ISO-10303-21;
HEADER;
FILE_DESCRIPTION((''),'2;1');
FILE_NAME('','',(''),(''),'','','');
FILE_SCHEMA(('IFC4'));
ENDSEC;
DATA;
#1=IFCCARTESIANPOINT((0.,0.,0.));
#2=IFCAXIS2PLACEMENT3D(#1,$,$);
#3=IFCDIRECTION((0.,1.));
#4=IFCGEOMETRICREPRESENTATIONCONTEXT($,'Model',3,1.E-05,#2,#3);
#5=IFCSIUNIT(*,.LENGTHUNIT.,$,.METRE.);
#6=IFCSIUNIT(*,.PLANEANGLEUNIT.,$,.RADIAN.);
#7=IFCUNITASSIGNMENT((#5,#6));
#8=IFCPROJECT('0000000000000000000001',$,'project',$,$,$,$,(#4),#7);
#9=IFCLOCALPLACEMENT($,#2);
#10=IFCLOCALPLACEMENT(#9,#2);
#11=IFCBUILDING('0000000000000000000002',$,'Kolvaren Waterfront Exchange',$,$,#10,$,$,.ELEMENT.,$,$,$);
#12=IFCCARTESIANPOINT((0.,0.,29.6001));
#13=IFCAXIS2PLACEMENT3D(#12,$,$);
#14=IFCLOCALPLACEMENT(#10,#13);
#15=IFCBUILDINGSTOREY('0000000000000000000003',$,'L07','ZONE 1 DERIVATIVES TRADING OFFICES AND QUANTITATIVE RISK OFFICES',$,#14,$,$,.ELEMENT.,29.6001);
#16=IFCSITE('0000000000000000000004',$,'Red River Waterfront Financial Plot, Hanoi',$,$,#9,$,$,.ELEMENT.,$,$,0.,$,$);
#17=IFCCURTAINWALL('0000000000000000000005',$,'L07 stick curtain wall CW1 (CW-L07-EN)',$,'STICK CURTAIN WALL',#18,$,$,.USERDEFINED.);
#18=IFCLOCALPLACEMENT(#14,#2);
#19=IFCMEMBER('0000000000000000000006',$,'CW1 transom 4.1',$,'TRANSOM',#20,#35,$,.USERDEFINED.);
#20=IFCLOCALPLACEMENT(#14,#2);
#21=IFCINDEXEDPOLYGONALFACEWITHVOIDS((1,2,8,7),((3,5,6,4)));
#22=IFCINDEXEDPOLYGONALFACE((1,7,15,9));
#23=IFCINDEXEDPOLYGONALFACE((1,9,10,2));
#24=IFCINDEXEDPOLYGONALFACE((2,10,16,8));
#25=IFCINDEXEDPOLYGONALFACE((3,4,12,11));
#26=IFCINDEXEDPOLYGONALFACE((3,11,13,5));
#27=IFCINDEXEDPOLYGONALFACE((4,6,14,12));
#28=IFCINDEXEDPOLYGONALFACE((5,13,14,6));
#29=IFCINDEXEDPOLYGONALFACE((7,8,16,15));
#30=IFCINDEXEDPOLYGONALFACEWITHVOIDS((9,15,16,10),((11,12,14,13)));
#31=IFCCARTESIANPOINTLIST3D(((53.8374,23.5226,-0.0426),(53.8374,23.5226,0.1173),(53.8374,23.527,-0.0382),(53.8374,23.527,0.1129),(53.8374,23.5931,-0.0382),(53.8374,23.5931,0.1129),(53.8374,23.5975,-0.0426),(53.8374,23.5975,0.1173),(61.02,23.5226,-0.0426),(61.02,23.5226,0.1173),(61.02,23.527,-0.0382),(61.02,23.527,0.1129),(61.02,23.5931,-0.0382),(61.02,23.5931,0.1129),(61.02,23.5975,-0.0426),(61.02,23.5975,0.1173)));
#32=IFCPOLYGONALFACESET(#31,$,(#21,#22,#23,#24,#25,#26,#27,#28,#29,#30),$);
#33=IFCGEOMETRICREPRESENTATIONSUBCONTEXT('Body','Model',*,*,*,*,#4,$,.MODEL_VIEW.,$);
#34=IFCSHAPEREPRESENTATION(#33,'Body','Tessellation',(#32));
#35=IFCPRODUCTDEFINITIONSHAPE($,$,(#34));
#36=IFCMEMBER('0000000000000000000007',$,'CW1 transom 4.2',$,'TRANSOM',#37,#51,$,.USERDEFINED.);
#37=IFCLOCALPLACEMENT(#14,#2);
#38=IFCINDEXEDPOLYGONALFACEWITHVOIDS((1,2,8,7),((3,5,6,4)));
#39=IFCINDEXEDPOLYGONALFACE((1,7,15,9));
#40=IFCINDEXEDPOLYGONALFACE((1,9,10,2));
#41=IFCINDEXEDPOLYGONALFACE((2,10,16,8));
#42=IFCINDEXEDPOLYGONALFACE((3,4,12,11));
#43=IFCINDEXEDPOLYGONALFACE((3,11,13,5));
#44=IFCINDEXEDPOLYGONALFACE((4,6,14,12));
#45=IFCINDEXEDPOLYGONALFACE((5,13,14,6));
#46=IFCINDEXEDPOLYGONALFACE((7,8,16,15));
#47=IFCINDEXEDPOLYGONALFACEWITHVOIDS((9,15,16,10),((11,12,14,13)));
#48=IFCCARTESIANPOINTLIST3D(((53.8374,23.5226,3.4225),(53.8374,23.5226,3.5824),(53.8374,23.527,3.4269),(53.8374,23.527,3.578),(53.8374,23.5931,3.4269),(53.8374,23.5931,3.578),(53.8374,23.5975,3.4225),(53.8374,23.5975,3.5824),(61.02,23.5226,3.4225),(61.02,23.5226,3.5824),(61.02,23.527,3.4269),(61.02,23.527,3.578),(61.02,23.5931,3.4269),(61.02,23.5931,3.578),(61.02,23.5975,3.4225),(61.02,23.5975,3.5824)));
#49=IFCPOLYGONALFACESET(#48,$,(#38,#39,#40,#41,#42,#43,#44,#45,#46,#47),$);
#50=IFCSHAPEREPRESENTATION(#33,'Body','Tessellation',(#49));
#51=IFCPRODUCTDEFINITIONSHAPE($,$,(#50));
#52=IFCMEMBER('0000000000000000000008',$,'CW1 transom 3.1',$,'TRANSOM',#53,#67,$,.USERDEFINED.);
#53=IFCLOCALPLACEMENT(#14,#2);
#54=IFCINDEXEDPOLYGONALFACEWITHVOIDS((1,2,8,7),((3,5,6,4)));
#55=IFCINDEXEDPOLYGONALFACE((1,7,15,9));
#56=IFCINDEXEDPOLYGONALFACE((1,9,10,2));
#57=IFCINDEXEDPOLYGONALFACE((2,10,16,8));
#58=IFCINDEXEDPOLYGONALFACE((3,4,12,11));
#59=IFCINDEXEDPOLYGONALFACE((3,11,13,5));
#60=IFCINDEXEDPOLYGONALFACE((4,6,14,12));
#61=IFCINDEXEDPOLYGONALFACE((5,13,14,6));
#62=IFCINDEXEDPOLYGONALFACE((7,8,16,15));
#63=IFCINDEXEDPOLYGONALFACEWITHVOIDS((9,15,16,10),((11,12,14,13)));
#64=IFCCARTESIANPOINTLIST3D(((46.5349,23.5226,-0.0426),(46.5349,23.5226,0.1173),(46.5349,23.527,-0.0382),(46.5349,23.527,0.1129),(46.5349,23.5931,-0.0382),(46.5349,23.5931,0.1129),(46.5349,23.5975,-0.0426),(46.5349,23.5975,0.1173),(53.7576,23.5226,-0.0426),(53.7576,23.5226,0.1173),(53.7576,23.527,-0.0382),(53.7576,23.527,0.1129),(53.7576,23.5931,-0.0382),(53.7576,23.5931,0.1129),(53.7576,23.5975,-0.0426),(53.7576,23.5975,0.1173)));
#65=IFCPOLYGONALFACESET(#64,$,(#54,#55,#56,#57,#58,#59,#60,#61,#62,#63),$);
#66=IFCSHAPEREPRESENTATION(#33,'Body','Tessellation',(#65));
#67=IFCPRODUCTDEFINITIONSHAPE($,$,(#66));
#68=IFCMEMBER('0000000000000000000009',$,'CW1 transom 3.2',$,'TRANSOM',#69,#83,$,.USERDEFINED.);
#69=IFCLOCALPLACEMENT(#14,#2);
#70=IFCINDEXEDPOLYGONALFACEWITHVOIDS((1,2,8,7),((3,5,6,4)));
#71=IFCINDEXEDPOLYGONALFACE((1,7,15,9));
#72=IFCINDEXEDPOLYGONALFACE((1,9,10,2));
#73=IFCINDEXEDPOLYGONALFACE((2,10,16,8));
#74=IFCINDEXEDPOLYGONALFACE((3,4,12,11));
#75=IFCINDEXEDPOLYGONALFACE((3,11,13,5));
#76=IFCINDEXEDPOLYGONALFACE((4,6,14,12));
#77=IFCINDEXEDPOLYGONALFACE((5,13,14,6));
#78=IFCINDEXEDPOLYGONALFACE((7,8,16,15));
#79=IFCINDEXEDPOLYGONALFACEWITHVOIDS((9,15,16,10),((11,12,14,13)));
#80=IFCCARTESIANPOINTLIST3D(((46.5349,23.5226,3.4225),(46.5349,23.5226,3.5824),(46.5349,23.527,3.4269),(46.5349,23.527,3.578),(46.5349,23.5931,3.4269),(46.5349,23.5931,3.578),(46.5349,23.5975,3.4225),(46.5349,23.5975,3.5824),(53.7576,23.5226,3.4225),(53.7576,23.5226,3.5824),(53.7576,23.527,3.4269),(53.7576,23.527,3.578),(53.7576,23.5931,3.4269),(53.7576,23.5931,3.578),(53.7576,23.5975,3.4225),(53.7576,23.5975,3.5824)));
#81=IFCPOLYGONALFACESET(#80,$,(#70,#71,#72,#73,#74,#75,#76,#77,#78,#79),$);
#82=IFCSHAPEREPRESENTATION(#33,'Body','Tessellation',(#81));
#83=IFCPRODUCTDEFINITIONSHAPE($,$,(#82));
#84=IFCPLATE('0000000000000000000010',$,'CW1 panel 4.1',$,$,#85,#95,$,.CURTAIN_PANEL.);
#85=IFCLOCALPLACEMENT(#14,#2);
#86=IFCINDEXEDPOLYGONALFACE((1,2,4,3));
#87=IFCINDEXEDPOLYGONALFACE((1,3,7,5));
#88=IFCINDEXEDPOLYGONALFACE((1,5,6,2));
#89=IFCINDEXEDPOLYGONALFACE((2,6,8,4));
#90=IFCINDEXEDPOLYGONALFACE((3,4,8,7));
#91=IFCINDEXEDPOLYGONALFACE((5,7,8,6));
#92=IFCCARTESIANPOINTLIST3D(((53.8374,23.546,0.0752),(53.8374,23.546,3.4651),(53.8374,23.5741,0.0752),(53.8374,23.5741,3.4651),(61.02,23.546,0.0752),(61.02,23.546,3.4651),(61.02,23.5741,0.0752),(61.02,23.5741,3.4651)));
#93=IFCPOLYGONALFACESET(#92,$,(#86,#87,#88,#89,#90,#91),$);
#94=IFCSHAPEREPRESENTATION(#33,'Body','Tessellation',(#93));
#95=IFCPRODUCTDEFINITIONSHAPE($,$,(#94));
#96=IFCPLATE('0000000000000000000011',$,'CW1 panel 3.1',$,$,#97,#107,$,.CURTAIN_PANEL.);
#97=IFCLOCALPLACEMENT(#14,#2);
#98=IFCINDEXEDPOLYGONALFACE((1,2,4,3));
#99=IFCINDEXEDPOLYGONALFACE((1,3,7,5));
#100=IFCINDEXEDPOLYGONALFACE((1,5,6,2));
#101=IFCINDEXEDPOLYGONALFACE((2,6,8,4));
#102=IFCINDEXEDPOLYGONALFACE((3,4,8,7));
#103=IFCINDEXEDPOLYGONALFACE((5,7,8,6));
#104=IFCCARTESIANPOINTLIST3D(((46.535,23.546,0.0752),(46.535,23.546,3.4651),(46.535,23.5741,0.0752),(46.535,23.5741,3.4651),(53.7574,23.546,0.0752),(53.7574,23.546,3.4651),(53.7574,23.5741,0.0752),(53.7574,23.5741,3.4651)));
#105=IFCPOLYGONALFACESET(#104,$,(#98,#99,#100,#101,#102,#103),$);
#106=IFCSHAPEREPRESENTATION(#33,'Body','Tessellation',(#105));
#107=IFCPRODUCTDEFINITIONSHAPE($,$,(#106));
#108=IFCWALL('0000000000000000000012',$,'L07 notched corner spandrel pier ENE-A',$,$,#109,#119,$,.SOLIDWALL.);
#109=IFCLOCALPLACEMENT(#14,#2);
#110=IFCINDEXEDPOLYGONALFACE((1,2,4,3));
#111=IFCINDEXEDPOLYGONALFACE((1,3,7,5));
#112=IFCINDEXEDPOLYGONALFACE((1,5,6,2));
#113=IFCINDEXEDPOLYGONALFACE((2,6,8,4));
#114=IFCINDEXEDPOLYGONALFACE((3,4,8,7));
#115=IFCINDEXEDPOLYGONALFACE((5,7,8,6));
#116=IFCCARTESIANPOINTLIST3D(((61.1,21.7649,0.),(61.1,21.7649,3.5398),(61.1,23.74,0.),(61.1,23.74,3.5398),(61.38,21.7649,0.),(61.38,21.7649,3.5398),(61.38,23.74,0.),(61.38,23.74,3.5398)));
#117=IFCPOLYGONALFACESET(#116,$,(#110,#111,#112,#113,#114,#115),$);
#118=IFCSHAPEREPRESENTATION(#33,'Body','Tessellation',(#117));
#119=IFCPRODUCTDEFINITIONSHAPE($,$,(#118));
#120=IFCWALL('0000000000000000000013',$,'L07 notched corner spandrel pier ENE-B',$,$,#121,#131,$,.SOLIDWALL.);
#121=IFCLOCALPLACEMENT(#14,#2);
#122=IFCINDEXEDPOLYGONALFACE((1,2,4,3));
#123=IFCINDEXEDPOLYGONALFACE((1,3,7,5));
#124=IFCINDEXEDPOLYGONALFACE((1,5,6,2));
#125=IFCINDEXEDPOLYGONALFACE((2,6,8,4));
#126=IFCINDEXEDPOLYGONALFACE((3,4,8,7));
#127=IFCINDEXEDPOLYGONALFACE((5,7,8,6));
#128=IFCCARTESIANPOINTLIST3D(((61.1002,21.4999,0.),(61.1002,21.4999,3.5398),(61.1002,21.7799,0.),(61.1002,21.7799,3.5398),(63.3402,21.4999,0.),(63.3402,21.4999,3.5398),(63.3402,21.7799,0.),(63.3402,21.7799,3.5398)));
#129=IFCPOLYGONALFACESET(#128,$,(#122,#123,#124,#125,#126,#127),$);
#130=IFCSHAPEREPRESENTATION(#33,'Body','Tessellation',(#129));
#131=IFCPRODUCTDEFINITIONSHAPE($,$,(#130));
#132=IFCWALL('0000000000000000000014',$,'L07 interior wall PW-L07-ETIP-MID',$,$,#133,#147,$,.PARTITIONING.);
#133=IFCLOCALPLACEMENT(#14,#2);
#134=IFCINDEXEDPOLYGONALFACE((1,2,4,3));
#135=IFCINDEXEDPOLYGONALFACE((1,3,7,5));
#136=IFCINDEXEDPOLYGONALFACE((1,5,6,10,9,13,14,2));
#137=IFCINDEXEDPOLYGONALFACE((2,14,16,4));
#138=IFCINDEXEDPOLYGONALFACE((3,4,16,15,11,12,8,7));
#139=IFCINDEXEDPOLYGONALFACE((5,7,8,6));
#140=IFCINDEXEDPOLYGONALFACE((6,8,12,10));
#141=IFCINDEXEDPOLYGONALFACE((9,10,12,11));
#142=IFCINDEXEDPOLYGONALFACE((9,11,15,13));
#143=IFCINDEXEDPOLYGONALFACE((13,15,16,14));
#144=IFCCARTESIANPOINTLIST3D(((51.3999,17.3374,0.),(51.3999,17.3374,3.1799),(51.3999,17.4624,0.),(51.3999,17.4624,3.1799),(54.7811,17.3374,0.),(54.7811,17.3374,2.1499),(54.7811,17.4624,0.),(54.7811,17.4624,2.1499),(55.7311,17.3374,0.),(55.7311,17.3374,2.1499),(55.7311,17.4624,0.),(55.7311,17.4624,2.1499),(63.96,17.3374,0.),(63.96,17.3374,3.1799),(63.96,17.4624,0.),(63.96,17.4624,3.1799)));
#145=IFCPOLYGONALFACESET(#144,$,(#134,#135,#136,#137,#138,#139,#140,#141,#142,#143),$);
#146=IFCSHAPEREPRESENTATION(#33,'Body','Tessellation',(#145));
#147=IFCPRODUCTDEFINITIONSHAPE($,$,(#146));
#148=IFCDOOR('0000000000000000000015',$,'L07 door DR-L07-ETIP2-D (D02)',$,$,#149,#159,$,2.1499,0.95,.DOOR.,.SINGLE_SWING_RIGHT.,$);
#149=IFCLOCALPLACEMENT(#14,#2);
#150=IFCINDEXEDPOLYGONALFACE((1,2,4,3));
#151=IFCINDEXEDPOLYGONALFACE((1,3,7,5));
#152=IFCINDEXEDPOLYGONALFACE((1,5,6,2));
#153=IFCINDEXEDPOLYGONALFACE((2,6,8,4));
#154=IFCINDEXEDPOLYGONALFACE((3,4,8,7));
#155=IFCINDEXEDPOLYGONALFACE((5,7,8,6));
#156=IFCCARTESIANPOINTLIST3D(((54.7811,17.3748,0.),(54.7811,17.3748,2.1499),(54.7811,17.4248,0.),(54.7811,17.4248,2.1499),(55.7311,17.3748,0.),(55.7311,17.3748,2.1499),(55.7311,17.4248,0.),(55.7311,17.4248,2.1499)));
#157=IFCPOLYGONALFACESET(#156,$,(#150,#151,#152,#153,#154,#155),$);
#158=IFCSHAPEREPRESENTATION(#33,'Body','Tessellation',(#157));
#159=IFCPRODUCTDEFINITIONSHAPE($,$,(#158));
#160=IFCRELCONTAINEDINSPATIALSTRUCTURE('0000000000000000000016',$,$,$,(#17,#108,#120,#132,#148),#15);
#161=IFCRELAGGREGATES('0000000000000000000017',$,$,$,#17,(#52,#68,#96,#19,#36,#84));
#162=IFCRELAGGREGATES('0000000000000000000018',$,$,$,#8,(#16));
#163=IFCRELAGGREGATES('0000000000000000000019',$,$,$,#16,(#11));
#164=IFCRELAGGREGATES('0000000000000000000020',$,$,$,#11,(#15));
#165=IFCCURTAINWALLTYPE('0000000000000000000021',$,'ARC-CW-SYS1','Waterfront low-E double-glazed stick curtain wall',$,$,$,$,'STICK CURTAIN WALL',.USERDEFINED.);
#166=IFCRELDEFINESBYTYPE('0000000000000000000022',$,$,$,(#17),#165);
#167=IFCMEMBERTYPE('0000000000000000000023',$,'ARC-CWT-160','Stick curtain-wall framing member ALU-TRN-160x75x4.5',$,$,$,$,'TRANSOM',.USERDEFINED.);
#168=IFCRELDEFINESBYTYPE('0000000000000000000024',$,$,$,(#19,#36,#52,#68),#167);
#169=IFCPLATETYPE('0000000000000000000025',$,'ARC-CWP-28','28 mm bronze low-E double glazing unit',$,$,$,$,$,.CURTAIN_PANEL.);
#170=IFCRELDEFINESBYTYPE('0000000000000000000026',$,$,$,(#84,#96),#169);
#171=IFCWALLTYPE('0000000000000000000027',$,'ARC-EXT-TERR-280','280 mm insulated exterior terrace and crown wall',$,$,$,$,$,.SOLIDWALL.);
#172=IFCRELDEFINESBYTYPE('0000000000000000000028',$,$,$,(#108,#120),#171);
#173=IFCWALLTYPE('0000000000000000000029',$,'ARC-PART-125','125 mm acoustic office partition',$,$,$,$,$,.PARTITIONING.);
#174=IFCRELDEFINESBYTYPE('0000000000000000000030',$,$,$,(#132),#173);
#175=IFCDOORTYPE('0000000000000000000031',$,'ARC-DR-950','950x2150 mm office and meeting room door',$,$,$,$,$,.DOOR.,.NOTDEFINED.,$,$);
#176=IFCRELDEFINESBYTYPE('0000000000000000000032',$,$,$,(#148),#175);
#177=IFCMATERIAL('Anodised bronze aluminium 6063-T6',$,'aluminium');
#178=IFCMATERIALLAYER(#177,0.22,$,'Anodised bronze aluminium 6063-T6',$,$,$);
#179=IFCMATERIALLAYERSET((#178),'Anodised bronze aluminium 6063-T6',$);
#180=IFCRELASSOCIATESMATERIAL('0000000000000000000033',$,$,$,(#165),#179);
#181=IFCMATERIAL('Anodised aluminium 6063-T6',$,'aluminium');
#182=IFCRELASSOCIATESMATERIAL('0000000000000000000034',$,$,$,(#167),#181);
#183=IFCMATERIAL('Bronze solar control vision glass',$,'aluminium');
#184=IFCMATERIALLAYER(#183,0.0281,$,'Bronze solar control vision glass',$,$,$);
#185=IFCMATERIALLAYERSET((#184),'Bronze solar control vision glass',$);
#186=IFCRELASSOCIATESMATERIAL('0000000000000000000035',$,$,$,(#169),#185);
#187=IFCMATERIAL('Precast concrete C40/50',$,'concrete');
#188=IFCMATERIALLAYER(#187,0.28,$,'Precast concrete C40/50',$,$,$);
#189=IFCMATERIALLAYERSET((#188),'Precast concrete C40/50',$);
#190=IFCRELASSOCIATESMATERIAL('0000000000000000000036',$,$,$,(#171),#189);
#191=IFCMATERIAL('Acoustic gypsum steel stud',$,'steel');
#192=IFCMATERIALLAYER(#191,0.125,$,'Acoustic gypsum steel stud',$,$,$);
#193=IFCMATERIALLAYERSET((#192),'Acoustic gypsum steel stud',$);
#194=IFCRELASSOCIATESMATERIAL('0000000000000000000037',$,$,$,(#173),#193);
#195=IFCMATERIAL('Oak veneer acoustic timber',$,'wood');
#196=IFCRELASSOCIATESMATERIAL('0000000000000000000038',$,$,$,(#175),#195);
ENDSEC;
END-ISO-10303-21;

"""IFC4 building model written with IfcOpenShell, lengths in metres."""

from ifc_helpers import new_model, si_unit, direction, frame, frame_2d, origin, origin_with_axes, origin_2d, place, context, subcontext, project, spatial, rectangle, hollow_rectangle, extrude, source, transform, mapped, material, layer, layer_set, material_profile, profile_set, type_object, element, fill, aggregate, save


model = new_model("IFC4")

# Units and contexts
model_context = context("Model", 3, precision=1e-05, world=origin(), true_north=direction((0.0, 1.0)))
body_context = subcontext(model_context, "Body", "Model", "MODEL_VIEW")
ifc_project = project(units=[si_unit("LENGTHUNIT", "METRE"), si_unit("PLANEANGLEUNIT", "RADIAN")], contexts=[model_context])

# Site, building, storey
site_placement = place(None, origin())
site = spatial("IfcSite", under=ifc_project, at=site_placement, Name="Red River Waterfront Financial Plot, Hanoi", CompositionType="ELEMENT", RefElevation=0.0)
building_placement = place(site_placement, origin())
building = spatial("IfcBuilding", under=site, at=building_placement, Name="Kolvaren Waterfront Exchange", CompositionType="ELEMENT")
storey_placement = place(building_placement, frame((0.0, 0.0, 29.6001)))
storey = spatial("IfcBuildingStorey", under=building, at=storey_placement, Name="L07", Description="ZONE 1 DERIVATIVES TRADING OFFICES AND QUANTITATIVE RISK OFFICES", CompositionType="ELEMENT", Elevation=29.6001)

# Curtain wall, members, plates
ifc_material_1 = material(Name="Anodised bronze aluminium 6063-T6", Category="aluminium")
ifc_layer_1 = layer(ifc_material_1, 0.22, Name="Anodised bronze aluminium 6063-T6")
ifc_layer_set_1 = layer_set([ifc_layer_1], Name="Anodised bronze aluminium 6063-T6")
curtain_wall_type = type_object("IfcCurtainWallType", Name="ARC-CW-SYS1", Description="Waterfront low-E double-glazed stick curtain wall", ElementType="STICK CURTAIN WALL", PredefinedType="USERDEFINED", material=ifc_layer_set_1)
curtain_wall_placement = place(storey_placement, origin())
curtain_wall = element("IfcCurtainWall", 1, at=curtain_wall_placement, inside=storey, type_object=curtain_wall_type, Name="L07 stick curtain wall CW1 (CW-L07-EN)", ObjectType="STICK CURTAIN WALL", PredefinedType="USERDEFINED")
ifc_material_2 = material(Name="Anodised aluminium 6063-T6", Category="aluminium")
ifc_material_profile_1 = material_profile(ifc_material_2, hollow_rectangle(XDim=0.075, YDim=0.1599, WallThickness=0.0044, at=origin_2d()), Name="ALU-TRN-160x75x4.5")
ifc_profile_set_1 = profile_set([ifc_material_profile_1], Name="Anodised aluminium 6063-T6")
member_type_1 = type_object("IfcMemberType", Name="ARC-CWT-160", Description="Stick curtain-wall framing member ALU-TRN-160x75x4.5", ElementType="TRANSOM", PredefinedType="USERDEFINED", material=ifc_profile_set_1)
shared_shape_1 = source(origin_with_axes(), body_context, "Body", "SweptSolid", [
    extrude(hollow_rectangle(XDim=0.075, YDim=0.1599, WallThickness=0.0044, at=origin_2d()), origin(), (0.0, 0.0, 1.0), 7.1826),
])
member_1_placement = place(storey_placement, frame((53.8374, 23.5601, 0.0374), z_axis=(1.0, 0.0, 0.0), x_axis=(0.0, 1.0, 0.0)))
member_1 = element("IfcMember", 2, at=member_1_placement, type_object=member_type_1, Name="CW1 transom 4.1", ObjectType="TRANSOM", PredefinedType="USERDEFINED", context=body_context, shape_type="MappedRepresentation", body=[
    mapped(shared_shape_1, transform((0.0, 0.0, 0.0), x_axis=(1.0, 0.0, 0.0), y_axis=(0.0, 1.0, 0.0), z_axis=(0.0, 0.0, 1.0), scale=1.0)),
])
member_2_placement = place(storey_placement, frame((53.8374, 23.5601, 3.5024), z_axis=(1.0, 0.0, 0.0), x_axis=(0.0, 1.0, 0.0)))
member_2 = element("IfcMember", 3, at=member_2_placement, type_object=member_type_1, Name="CW1 transom 4.2", ObjectType="TRANSOM", PredefinedType="USERDEFINED", context=body_context, shape_type="MappedRepresentation", body=[
    mapped(shared_shape_1, transform((0.0, 0.0, 0.0), x_axis=(1.0, 0.0, 0.0), y_axis=(0.0, 1.0, 0.0), z_axis=(0.0, 0.0, 1.0), scale=1.0)),
])
shared_shape_2 = source(origin_with_axes(), body_context, "Body", "SweptSolid", [
    extrude(hollow_rectangle(XDim=0.075, YDim=0.1599, WallThickness=0.0044, at=origin_2d()), origin(), (0.0, 0.0, 1.0), 7.2227),
])
member_3_placement = place(storey_placement, frame((46.5349, 23.5601, 0.0374), z_axis=(1.0, 0.0, 0.0), x_axis=(0.0, 1.0, 0.0)))
member_3 = element("IfcMember", 4, at=member_3_placement, type_object=member_type_1, Name="CW1 transom 3.1", ObjectType="TRANSOM", PredefinedType="USERDEFINED", context=body_context, shape_type="MappedRepresentation", body=[
    mapped(shared_shape_2, transform((0.0, 0.0, 0.0), x_axis=(1.0, 0.0, 0.0), y_axis=(0.0, 1.0, 0.0), z_axis=(0.0, 0.0, 1.0), scale=1.0)),
])
member_4_placement = place(storey_placement, frame((46.5349, 23.5601, 3.5024), z_axis=(1.0, 0.0, 0.0), x_axis=(0.0, 1.0, 0.0)))
member_4 = element("IfcMember", 5, at=member_4_placement, type_object=member_type_1, Name="CW1 transom 3.2", ObjectType="TRANSOM", PredefinedType="USERDEFINED", context=body_context, shape_type="MappedRepresentation", body=[
    mapped(shared_shape_2, transform((0.0, 0.0, 0.0), x_axis=(1.0, 0.0, 0.0), y_axis=(0.0, 1.0, 0.0), z_axis=(0.0, 0.0, 1.0), scale=1.0)),
])
ifc_material_3 = material(Name="Bronze solar control vision glass", Category="aluminium")
ifc_layer_2 = layer(ifc_material_3, 0.0281, Name="Bronze solar control vision glass")
ifc_layer_set_2 = layer_set([ifc_layer_2], Name="Bronze solar control vision glass")
plate_type = type_object("IfcPlateType", Name="ARC-CWP-28", Description="28 mm bronze low-E double glazing unit", PredefinedType="CURTAIN_PANEL", material=ifc_layer_set_2)
shared_shape_3 = source(origin_with_axes(), body_context, "Body", "SweptSolid", [
    extrude(rectangle(XDim=7.1826, YDim=0.0281, at=origin_2d()), origin(), (0.0, 0.0, 1.0), 3.3899),
])
plate_1_placement = place(storey_placement, frame((57.4287, 23.5601, 0.0752), z_axis=(0.0, 0.0, 1.0), x_axis=(1.0, 0.0, 0.0)))
plate_1 = element("IfcPlate", 6, at=plate_1_placement, type_object=plate_type, Name="CW1 panel 4.1", PredefinedType="CURTAIN_PANEL", context=body_context, shape_type="MappedRepresentation", body=[
    mapped(shared_shape_3, transform((0.0, 0.0, 0.0), x_axis=(1.0, 0.0, 0.0), y_axis=(0.0, 1.0, 0.0), z_axis=(0.0, 0.0, 1.0), scale=1.0)),
])
shared_shape_4 = source(origin_with_axes(), body_context, "Body", "SweptSolid", [
    extrude(rectangle(XDim=7.2224, YDim=0.0281, at=origin_2d()), origin(), (0.0, 0.0, 1.0), 3.3899),
])
plate_2_placement = place(storey_placement, frame((50.1462, 23.5601, 0.0752), z_axis=(0.0, 0.0, 1.0), x_axis=(1.0, 0.0, 0.0)))
plate_2 = element("IfcPlate", 7, at=plate_2_placement, type_object=plate_type, Name="CW1 panel 3.1", PredefinedType="CURTAIN_PANEL", context=body_context, shape_type="MappedRepresentation", body=[
    mapped(shared_shape_4, transform((0.0, 0.0, 0.0), x_axis=(1.0, 0.0, 0.0), y_axis=(0.0, 1.0, 0.0), z_axis=(0.0, 0.0, 1.0), scale=1.0)),
])
aggregate(curtain_wall, [member_3, member_4, plate_2, member_1, member_2, plate_1])

# Walls
ifc_material_4 = material(Name="Precast concrete C40/50", Category="concrete")
ifc_layer_3 = layer(ifc_material_4, 0.28, Name="Precast concrete C40/50")
ifc_layer_set_3 = layer_set([ifc_layer_3], Name="Precast concrete C40/50")
wall_type_1 = type_object("IfcWallType", Name="ARC-EXT-TERR-280", Description="280 mm insulated exterior terrace and crown wall", PredefinedType="SOLIDWALL", material=ifc_layer_set_3)
wall_1_placement = place(storey_placement, frame((61.24, 21.7649, 0.0), z_axis=(0.0, 0.0, 1.0), x_axis=(0.0, 1.0, 0.0)))
element("IfcWall", 8, at=wall_1_placement, inside=storey, type_object=wall_type_1, Name="L07 notched corner spandrel pier ENE-A", PredefinedType="SOLIDWALL", context=body_context, shape_type="SweptSolid", body=[
    extrude(rectangle(XDim=1.9751, YDim=0.28, at=frame_2d((0.9875, 0.0))), origin(), (0.0, 0.0, 1.0), 3.5398),
])
wall_2_placement = place(storey_placement, frame((61.1001, 21.6399, 0.0), z_axis=(0.0, 0.0, 1.0), x_axis=(1.0, 0.0, 0.0)))
element("IfcWall", 9, at=wall_2_placement, inside=storey, type_object=wall_type_1, Name="L07 notched corner spandrel pier ENE-B", PredefinedType="SOLIDWALL", context=body_context, shape_type="SweptSolid", body=[
    extrude(rectangle(XDim=2.24, YDim=0.28, at=frame_2d((1.1201, 0.0))), origin(), (0.0, 0.0, 1.0), 3.5398),
])

# Wall, opening, door
ifc_material_5 = material(Name="Acoustic gypsum steel stud", Category="steel")
ifc_layer_4 = layer(ifc_material_5, 0.125, Name="Acoustic gypsum steel stud")
ifc_layer_set_4 = layer_set([ifc_layer_4], Name="Acoustic gypsum steel stud")
wall_type_2 = type_object("IfcWallType", Name="ARC-PART-125", Description="125 mm acoustic office partition", PredefinedType="PARTITIONING", material=ifc_layer_set_4)
wall_3_placement = place(storey_placement, frame((51.3999, 17.3999, 0.0), z_axis=(0.0, 0.0, 1.0), x_axis=(1.0, 0.0, 0.0)))
wall_3 = element("IfcWall", 10, at=wall_3_placement, inside=storey, type_object=wall_type_2, Name="L07 interior wall PW-L07-ETIP-MID", PredefinedType="PARTITIONING", context=body_context, shape_type="SweptSolid", body=[
    extrude(rectangle(XDim=12.5601, YDim=0.125, at=frame_2d((6.28, 0.0))), origin(), (0.0, 0.0, 1.0), 3.1799),
])
opening_placement = place(wall_3_placement, frame((3.3811, 0.0, 0.0)))
opening = element("IfcOpeningElement", 11, at=opening_placement, cuts=wall_3, PredefinedType="OPENING", context=body_context, shape_type="SweptSolid", body=[
    extrude(rectangle(XDim=0.95, YDim=2.1499, at=frame_2d((0.4751, 1.075))), frame((0.0, 0.0725, 0.0), z_axis=(0.0, -1.0, 0.0), x_axis=(1.0, 0.0, 0.0)), (0.0, 0.0, 1.0), 0.145),
])
ifc_material_6 = material(Name="Oak veneer acoustic timber", Category="wood")
door_type = type_object("IfcDoorType", Name="ARC-DR-950", Description="950x2150 mm office and meeting room door", OperationType="NOTDEFINED", PredefinedType="DOOR", material=ifc_material_6)
door_placement = place(opening_placement, origin())
door = element("IfcDoor", 12, at=door_placement, inside=storey, type_object=door_type, Name="L07 door DR-L07-ETIP2-D (D02)", OperationType="SINGLE_SWING_RIGHT", OverallHeight=2.1499, OverallWidth=0.95, PredefinedType="DOOR", context=body_context, shape_type="SweptSolid", body=[
    extrude(rectangle(XDim=0.95, YDim=2.1499, at=frame_2d((0.4751, 1.075))), frame((0.0, 0.0249, 0.0), z_axis=(0.0, -1.0, 0.0), x_axis=(1.0, 0.0, 0.0)), (0.0, 0.0, 1.0), 0.05),
])
fill(opening, door)

save(model, "model.ifc")
